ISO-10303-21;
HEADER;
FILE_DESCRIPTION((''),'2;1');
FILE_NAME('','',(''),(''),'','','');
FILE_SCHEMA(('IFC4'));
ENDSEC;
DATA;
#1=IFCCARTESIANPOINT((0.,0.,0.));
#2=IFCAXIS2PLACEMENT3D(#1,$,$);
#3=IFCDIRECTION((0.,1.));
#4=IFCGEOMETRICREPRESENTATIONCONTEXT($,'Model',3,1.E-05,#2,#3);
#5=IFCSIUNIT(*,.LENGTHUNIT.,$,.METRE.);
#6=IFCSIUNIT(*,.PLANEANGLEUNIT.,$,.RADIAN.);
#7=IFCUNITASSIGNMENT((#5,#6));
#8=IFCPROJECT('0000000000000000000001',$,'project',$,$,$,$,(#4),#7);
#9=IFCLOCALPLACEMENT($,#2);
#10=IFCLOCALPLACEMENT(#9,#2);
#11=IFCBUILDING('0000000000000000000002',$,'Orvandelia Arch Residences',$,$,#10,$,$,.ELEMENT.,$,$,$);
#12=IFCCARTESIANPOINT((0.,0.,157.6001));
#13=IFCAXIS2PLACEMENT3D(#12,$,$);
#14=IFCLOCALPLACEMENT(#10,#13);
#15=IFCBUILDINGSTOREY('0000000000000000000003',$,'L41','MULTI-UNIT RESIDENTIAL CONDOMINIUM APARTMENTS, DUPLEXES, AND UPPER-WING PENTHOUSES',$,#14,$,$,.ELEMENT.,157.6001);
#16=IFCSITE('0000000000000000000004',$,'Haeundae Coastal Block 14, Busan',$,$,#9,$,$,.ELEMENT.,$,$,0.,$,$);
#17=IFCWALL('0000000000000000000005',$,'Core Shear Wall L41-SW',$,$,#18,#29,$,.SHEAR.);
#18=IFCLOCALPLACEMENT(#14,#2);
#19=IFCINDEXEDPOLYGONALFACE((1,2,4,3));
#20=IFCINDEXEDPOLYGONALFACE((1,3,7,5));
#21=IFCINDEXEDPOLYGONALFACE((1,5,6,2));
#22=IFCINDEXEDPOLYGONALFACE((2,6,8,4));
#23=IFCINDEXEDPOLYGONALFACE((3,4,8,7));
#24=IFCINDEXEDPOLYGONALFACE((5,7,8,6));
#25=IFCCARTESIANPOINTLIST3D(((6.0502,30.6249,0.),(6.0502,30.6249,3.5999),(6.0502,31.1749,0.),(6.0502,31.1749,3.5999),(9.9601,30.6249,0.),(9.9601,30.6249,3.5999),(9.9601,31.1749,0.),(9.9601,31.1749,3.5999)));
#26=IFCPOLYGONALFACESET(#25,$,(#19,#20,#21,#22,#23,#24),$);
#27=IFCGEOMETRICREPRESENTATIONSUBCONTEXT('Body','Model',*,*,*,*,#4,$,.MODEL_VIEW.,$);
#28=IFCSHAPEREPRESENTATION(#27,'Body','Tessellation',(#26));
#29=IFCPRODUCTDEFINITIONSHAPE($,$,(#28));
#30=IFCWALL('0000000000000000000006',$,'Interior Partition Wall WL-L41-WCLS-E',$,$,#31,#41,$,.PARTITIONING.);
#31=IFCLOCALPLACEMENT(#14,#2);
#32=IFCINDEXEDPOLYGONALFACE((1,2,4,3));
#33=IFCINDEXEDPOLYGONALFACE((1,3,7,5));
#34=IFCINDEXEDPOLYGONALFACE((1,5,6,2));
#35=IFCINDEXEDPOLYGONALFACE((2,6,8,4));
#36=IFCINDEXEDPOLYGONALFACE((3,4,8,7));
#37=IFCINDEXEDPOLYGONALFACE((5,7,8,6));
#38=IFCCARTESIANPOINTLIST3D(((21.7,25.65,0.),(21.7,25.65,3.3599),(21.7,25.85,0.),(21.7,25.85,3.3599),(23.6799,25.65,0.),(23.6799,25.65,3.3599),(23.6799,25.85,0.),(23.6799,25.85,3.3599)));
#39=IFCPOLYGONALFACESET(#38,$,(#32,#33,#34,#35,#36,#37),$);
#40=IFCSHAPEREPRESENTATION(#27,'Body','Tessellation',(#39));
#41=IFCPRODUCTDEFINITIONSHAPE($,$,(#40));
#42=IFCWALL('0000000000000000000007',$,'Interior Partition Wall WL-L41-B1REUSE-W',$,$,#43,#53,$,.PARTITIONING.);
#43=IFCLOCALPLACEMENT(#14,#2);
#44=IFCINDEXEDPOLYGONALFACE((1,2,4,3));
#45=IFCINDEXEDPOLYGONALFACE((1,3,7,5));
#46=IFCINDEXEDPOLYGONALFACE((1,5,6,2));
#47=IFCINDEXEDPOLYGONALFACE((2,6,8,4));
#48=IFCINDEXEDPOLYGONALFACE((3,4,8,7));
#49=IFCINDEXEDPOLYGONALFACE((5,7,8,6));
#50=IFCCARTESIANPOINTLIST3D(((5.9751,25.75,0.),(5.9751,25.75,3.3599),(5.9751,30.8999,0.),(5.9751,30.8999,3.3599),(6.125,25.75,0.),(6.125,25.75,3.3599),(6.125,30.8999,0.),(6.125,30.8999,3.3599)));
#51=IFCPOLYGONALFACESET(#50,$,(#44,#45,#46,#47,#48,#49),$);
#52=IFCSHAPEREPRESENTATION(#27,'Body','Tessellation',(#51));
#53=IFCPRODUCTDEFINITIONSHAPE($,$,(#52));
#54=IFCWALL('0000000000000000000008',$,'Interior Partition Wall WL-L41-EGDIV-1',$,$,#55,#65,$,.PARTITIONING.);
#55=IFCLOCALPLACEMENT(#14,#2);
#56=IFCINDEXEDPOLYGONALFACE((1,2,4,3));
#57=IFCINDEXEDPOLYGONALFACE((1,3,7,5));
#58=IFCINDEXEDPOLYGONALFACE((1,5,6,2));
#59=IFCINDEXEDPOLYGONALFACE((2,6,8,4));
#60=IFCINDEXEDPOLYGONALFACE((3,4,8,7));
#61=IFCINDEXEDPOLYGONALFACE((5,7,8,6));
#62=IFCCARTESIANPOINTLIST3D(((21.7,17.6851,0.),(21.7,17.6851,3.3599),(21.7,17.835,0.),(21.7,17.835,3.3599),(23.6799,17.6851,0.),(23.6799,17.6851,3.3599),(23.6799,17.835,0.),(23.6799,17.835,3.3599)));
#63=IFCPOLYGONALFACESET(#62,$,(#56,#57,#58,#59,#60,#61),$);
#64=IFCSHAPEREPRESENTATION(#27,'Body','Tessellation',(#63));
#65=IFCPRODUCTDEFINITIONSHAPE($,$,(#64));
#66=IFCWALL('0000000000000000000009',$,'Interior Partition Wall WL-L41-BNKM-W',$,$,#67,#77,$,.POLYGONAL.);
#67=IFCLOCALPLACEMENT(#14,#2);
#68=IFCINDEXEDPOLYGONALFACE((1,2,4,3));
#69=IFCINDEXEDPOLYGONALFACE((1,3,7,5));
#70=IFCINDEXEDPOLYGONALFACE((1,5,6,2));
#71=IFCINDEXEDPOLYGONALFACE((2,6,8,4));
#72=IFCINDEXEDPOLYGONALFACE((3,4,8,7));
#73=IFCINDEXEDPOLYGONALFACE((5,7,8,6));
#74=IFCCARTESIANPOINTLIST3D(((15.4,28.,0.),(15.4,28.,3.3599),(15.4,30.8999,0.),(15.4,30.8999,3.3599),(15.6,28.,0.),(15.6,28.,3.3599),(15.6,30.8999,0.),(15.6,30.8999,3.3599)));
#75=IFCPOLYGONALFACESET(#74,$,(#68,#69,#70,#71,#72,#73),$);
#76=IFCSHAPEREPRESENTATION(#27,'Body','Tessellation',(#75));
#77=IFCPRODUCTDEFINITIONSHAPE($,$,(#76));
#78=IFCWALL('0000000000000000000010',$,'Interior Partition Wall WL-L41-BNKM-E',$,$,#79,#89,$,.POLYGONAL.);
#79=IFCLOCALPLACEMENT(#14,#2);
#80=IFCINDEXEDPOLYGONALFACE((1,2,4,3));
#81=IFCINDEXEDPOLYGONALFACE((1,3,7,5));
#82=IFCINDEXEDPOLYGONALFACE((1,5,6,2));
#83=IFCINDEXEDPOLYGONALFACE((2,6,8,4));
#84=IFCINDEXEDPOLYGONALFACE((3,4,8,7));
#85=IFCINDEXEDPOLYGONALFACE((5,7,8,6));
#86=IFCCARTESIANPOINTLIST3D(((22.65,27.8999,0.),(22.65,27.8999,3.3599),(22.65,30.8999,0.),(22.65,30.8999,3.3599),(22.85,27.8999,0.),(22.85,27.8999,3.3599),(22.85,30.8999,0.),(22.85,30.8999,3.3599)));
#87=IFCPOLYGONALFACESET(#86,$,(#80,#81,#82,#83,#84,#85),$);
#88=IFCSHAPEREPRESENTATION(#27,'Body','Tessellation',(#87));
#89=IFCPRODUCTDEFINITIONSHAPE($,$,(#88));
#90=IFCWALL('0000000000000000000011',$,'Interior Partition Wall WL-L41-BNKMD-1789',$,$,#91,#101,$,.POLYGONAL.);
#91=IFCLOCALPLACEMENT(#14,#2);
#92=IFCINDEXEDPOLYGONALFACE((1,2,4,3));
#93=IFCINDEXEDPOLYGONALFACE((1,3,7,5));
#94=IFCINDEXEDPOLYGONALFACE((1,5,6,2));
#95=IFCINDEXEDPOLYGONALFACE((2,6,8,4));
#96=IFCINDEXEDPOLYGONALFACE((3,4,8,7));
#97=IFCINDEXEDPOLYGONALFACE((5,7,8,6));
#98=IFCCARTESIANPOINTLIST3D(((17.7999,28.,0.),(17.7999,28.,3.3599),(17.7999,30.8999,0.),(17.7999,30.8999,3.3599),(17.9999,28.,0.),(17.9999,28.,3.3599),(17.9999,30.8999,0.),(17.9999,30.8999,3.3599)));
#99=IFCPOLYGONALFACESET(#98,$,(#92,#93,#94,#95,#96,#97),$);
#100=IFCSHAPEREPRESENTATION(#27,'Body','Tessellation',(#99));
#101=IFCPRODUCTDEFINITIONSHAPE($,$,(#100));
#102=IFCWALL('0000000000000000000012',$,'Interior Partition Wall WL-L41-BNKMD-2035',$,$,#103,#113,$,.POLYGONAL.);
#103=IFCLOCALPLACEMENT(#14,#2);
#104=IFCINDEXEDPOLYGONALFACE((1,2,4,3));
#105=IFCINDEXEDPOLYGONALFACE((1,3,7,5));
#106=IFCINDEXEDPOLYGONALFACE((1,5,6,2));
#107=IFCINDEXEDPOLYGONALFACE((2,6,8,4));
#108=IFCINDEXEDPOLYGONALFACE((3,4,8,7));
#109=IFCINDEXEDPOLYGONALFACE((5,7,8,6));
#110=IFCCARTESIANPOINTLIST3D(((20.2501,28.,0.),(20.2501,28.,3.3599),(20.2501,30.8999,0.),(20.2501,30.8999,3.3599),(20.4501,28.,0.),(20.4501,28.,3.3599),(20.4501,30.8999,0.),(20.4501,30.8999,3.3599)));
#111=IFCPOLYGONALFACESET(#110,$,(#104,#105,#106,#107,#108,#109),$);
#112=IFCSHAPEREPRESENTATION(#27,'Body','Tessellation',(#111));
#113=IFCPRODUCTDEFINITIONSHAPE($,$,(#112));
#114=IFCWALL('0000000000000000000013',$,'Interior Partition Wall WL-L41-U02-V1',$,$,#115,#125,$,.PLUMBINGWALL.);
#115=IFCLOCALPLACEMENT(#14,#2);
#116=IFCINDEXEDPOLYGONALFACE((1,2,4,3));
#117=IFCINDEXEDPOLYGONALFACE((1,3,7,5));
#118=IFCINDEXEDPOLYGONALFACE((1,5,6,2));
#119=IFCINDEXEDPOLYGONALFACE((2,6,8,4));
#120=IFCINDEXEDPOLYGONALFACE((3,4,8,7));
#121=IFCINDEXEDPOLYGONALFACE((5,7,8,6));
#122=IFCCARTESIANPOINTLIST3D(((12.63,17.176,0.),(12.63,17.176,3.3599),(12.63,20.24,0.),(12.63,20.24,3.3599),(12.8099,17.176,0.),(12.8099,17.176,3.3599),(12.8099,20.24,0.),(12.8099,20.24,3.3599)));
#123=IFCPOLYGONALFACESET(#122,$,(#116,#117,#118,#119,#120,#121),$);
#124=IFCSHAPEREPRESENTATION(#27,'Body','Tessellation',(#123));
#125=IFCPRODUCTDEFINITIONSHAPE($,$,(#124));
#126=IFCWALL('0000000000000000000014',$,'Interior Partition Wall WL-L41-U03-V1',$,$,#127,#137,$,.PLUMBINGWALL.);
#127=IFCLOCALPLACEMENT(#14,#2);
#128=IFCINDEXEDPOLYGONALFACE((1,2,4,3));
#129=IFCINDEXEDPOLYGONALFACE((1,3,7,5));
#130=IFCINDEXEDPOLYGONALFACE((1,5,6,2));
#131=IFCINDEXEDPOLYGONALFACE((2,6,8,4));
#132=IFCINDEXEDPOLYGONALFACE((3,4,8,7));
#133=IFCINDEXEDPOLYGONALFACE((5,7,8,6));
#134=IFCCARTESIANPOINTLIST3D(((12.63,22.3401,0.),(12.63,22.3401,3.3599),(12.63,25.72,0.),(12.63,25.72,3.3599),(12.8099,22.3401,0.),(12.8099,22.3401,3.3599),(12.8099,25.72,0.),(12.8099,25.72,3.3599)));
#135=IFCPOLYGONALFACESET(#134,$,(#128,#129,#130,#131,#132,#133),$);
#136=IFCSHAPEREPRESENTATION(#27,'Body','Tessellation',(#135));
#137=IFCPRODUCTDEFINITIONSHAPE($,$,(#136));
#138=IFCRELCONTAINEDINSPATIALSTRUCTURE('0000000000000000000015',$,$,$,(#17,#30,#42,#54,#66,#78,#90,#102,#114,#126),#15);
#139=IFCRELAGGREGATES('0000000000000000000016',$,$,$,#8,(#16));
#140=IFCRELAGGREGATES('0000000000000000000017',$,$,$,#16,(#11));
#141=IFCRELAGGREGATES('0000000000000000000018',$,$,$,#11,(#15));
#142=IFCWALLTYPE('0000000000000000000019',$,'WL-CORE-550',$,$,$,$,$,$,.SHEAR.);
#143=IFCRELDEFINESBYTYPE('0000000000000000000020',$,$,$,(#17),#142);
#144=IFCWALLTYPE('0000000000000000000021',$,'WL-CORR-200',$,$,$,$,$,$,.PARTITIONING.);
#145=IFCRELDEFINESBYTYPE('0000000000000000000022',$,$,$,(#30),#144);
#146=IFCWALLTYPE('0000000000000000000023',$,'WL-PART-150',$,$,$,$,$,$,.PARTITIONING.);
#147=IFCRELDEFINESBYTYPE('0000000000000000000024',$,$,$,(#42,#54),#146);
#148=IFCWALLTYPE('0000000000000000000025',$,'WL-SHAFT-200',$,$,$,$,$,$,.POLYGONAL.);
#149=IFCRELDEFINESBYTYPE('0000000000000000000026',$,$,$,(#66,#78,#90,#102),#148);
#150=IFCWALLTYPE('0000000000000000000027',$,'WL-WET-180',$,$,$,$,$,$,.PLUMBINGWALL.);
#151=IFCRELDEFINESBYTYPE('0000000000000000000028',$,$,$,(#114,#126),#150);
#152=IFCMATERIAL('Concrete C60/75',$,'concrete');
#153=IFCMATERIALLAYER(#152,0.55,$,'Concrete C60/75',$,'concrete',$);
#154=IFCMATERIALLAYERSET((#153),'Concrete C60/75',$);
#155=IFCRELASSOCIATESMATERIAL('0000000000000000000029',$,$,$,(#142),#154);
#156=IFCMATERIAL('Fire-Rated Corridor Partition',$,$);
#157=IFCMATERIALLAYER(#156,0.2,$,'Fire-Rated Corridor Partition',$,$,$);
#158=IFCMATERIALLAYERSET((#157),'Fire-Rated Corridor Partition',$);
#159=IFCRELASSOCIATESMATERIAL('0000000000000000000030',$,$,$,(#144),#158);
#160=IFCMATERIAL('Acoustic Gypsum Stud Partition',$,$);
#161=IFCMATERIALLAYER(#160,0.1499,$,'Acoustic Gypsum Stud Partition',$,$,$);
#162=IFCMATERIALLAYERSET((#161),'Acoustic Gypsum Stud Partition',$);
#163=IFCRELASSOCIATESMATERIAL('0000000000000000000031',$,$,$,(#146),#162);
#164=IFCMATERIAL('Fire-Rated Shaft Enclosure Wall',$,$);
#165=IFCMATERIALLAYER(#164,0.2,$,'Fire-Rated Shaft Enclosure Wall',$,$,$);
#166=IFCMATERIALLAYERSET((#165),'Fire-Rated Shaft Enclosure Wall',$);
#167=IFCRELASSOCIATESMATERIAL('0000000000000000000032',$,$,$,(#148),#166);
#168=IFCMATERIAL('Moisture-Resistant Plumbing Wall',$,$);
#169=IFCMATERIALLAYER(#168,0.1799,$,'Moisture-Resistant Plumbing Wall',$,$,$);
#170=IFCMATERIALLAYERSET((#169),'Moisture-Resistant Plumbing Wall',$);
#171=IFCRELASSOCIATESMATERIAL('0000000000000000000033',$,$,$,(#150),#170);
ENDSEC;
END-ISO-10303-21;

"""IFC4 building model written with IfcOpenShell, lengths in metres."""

from ifc_helpers import new_model, si_unit, direction, frame, frame_2d, origin, place, context, subcontext, project, spatial, rectangle, extrude, material, layer, layer_set, type_object, element, save


model = new_model("IFC4")

# Units and contexts
model_context = context("Model", 3, precision=1e-05, world=origin(), true_north=direction((0.0, 1.0)))
body_context = subcontext(model_context, "Body", "Model", "MODEL_VIEW")
ifc_project = project(units=[si_unit("LENGTHUNIT", "METRE"), si_unit("PLANEANGLEUNIT", "RADIAN")], contexts=[model_context])

# Site, building, storey
site_placement = place(None, origin())
site = spatial("IfcSite", under=ifc_project, at=site_placement, Name="Haeundae Coastal Block 14, Busan", CompositionType="ELEMENT", RefElevation=0.0)
building_placement = place(site_placement, origin())
building = spatial("IfcBuilding", under=site, at=building_placement, Name="Orvandelia Arch Residences", CompositionType="ELEMENT")
storey_placement = place(building_placement, frame((0.0, 0.0, 157.6001)))
storey = spatial("IfcBuildingStorey", under=building, at=storey_placement, Name="L41", Description="MULTI-UNIT RESIDENTIAL CONDOMINIUM APARTMENTS, DUPLEXES, AND UPPER-WING PENTHOUSES", CompositionType="ELEMENT", Elevation=157.6001)

# Shared definitions
ifc_material_1 = material(Name="Concrete C60/75", Category="concrete")

# Shared definitions
ifc_layer_1 = layer(ifc_material_1, 0.55, Name="Concrete C60/75", Category="concrete")
ifc_layer_set_1 = layer_set([ifc_layer_1], Name="Concrete C60/75")
wall_type_1 = type_object("IfcWallType", Name="WL-CORE-550", PredefinedType="SHEAR", material=ifc_layer_set_1)

# Walls
wall_1_placement = place(storey_placement, frame((6.05, 30.8999, 0.0), z_axis=(0.0, 0.0, 1.0), x_axis=(1.0, 0.0, 0.0)))
element("IfcWall", 1, at=wall_1_placement, inside=storey, type_object=wall_type_1, Name="Core Shear Wall L41-SW", PredefinedType="SHEAR", context=body_context, shape_type="SweptSolid", body=[
    extrude(rectangle(XDim=3.9099, YDim=0.55, at=frame_2d((1.9551, 0.0))), origin(), (0.0, 0.0, 1.0), 3.5999),
])
ifc_material_2 = material(Name="Fire-Rated Corridor Partition")
ifc_layer_2 = layer(ifc_material_2, 0.2, Name="Fire-Rated Corridor Partition")
ifc_layer_set_2 = layer_set([ifc_layer_2], Name="Fire-Rated Corridor Partition")
wall_type_2 = type_object("IfcWallType", Name="WL-CORR-200", PredefinedType="PARTITIONING", material=ifc_layer_set_2)
wall_2_placement = place(storey_placement, frame((21.7, 25.75, 0.0), z_axis=(0.0, 0.0, 1.0), x_axis=(1.0, 0.0, 0.0)))
element("IfcWall", 2, at=wall_2_placement, inside=storey, type_object=wall_type_2, Name="Interior Partition Wall WL-L41-WCLS-E", PredefinedType="PARTITIONING", context=body_context, shape_type="SweptSolid", body=[
    extrude(rectangle(XDim=1.98, YDim=0.2, at=frame_2d((0.99, 0.0))), origin(), (0.0, 0.0, 1.0), 3.3599),
])
ifc_material_3 = material(Name="Acoustic Gypsum Stud Partition")
ifc_layer_3 = layer(ifc_material_3, 0.1499, Name="Acoustic Gypsum Stud Partition")
ifc_layer_set_3 = layer_set([ifc_layer_3], Name="Acoustic Gypsum Stud Partition")
wall_type_3 = type_object("IfcWallType", Name="WL-PART-150", PredefinedType="PARTITIONING", material=ifc_layer_set_3)
wall_3_placement = place(storey_placement, frame((6.05, 25.75, 0.0), z_axis=(0.0, 0.0, 1.0), x_axis=(0.0, 1.0, 0.0)))
element("IfcWall", 3, at=wall_3_placement, inside=storey, type_object=wall_type_3, Name="Interior Partition Wall WL-L41-B1REUSE-W", PredefinedType="PARTITIONING", context=body_context, shape_type="SweptSolid", body=[
    extrude(rectangle(XDim=5.1499, YDim=0.1499, at=frame_2d((2.575, 0.0))), origin(), (0.0, 0.0, 1.0), 3.3599),
])
wall_4_placement = place(storey_placement, frame((21.7, 17.76, 0.0), z_axis=(0.0, 0.0, 1.0), x_axis=(1.0, 0.0, 0.0)))
element("IfcWall", 4, at=wall_4_placement, inside=storey, type_object=wall_type_3, Name="Interior Partition Wall WL-L41-EGDIV-1", PredefinedType="PARTITIONING", context=body_context, shape_type="SweptSolid", body=[
    extrude(rectangle(XDim=1.98, YDim=0.1499, at=frame_2d((0.99, 0.0))), origin(), (0.0, 0.0, 1.0), 3.3599),
])

# Shared definitions
ifc_material_4 = material(Name="Fire-Rated Shaft Enclosure Wall")
ifc_layer_4 = layer(ifc_material_4, 0.2, Name="Fire-Rated Shaft Enclosure Wall")
ifc_layer_set_4 = layer_set([ifc_layer_4], Name="Fire-Rated Shaft Enclosure Wall")
wall_type_4 = type_object("IfcWallType", Name="WL-SHAFT-200", PredefinedType="POLYGONAL", material=ifc_layer_set_4)

# Walls
wall_5_placement = place(storey_placement, frame((15.5, 28.0, 0.0), z_axis=(0.0, 0.0, 1.0), x_axis=(0.0, 1.0, 0.0)))
element("IfcWall", 5, at=wall_5_placement, inside=storey, type_object=wall_type_4, Name="Interior Partition Wall WL-L41-BNKM-W", PredefinedType="POLYGONAL", context=body_context, shape_type="SweptSolid", body=[
    extrude(rectangle(XDim=2.8999, YDim=0.2, at=frame_2d((1.45, 0.0))), origin(), (0.0, 0.0, 1.0), 3.3599),
])
wall_6_placement = place(storey_placement, frame((22.75, 27.8999, 0.0), z_axis=(0.0, 0.0, 1.0), x_axis=(0.0, 1.0, 0.0)))
element("IfcWall", 6, at=wall_6_placement, inside=storey, type_object=wall_type_4, Name="Interior Partition Wall WL-L41-BNKM-E", PredefinedType="POLYGONAL", context=body_context, shape_type="SweptSolid", body=[
    extrude(rectangle(XDim=3.0, YDim=0.2, at=frame_2d((1.5, 0.0))), origin(), (0.0, 0.0, 1.0), 3.3599),
])
for number, where, z_axis, x_axis, name in (
    (7, (17.8999, 28.0, 0.0), (0.0, 0.0, 1.0), (0.0, 1.0, 0.0), "Interior Partition Wall WL-L41-BNKMD-1789"),
    (8, (20.3501, 28.0, 0.0), (0.0, 0.0, 1.0), (0.0, 1.0, 0.0), "Interior Partition Wall WL-L41-BNKMD-2035"),
):
    element("IfcWall", number, at=place(storey_placement, frame(where, z_axis=z_axis, x_axis=x_axis)), inside=storey, type_object=wall_type_4, Name=name, PredefinedType="POLYGONAL", context=body_context, shape_type="SweptSolid", body=[
        extrude(rectangle(XDim=2.8999, YDim=0.2, at=frame_2d((1.45, 0.0))), origin(), (0.0, 0.0, 1.0), 3.3599),
    ])
ifc_material_5 = material(Name="Moisture-Resistant Plumbing Wall")
ifc_layer_5 = layer(ifc_material_5, 0.1799, Name="Moisture-Resistant Plumbing Wall")
ifc_layer_set_5 = layer_set([ifc_layer_5], Name="Moisture-Resistant Plumbing Wall")
wall_type_5 = type_object("IfcWallType", Name="WL-WET-180", PredefinedType="PLUMBINGWALL", material=ifc_layer_set_5)
wall_7_placement = place(storey_placement, frame((12.72, 17.176, 0.0), z_axis=(0.0, 0.0, 1.0), x_axis=(0.0, 1.0, 0.0)))
element("IfcWall", 9, at=wall_7_placement, inside=storey, type_object=wall_type_5, Name="Interior Partition Wall WL-L41-U02-V1", PredefinedType="PLUMBINGWALL", context=body_context, shape_type="SweptSolid", body=[
    extrude(rectangle(XDim=3.064, YDim=0.1799, at=frame_2d((1.532, 0.0))), origin(), (0.0, 0.0, 1.0), 3.3599),
])
wall_8_placement = place(storey_placement, frame((12.72, 22.3401, 0.0), z_axis=(0.0, 0.0, 1.0), x_axis=(0.0, 1.0, 0.0)))
element("IfcWall", 10, at=wall_8_placement, inside=storey, type_object=wall_type_5, Name="Interior Partition Wall WL-L41-U03-V1", PredefinedType="PLUMBINGWALL", context=body_context, shape_type="SweptSolid", body=[
    extrude(rectangle(XDim=3.3799, YDim=0.1799, at=frame_2d((1.6899, 0.0))), origin(), (0.0, 0.0, 1.0), 3.3599),
])

save(model, "model.ifc")
